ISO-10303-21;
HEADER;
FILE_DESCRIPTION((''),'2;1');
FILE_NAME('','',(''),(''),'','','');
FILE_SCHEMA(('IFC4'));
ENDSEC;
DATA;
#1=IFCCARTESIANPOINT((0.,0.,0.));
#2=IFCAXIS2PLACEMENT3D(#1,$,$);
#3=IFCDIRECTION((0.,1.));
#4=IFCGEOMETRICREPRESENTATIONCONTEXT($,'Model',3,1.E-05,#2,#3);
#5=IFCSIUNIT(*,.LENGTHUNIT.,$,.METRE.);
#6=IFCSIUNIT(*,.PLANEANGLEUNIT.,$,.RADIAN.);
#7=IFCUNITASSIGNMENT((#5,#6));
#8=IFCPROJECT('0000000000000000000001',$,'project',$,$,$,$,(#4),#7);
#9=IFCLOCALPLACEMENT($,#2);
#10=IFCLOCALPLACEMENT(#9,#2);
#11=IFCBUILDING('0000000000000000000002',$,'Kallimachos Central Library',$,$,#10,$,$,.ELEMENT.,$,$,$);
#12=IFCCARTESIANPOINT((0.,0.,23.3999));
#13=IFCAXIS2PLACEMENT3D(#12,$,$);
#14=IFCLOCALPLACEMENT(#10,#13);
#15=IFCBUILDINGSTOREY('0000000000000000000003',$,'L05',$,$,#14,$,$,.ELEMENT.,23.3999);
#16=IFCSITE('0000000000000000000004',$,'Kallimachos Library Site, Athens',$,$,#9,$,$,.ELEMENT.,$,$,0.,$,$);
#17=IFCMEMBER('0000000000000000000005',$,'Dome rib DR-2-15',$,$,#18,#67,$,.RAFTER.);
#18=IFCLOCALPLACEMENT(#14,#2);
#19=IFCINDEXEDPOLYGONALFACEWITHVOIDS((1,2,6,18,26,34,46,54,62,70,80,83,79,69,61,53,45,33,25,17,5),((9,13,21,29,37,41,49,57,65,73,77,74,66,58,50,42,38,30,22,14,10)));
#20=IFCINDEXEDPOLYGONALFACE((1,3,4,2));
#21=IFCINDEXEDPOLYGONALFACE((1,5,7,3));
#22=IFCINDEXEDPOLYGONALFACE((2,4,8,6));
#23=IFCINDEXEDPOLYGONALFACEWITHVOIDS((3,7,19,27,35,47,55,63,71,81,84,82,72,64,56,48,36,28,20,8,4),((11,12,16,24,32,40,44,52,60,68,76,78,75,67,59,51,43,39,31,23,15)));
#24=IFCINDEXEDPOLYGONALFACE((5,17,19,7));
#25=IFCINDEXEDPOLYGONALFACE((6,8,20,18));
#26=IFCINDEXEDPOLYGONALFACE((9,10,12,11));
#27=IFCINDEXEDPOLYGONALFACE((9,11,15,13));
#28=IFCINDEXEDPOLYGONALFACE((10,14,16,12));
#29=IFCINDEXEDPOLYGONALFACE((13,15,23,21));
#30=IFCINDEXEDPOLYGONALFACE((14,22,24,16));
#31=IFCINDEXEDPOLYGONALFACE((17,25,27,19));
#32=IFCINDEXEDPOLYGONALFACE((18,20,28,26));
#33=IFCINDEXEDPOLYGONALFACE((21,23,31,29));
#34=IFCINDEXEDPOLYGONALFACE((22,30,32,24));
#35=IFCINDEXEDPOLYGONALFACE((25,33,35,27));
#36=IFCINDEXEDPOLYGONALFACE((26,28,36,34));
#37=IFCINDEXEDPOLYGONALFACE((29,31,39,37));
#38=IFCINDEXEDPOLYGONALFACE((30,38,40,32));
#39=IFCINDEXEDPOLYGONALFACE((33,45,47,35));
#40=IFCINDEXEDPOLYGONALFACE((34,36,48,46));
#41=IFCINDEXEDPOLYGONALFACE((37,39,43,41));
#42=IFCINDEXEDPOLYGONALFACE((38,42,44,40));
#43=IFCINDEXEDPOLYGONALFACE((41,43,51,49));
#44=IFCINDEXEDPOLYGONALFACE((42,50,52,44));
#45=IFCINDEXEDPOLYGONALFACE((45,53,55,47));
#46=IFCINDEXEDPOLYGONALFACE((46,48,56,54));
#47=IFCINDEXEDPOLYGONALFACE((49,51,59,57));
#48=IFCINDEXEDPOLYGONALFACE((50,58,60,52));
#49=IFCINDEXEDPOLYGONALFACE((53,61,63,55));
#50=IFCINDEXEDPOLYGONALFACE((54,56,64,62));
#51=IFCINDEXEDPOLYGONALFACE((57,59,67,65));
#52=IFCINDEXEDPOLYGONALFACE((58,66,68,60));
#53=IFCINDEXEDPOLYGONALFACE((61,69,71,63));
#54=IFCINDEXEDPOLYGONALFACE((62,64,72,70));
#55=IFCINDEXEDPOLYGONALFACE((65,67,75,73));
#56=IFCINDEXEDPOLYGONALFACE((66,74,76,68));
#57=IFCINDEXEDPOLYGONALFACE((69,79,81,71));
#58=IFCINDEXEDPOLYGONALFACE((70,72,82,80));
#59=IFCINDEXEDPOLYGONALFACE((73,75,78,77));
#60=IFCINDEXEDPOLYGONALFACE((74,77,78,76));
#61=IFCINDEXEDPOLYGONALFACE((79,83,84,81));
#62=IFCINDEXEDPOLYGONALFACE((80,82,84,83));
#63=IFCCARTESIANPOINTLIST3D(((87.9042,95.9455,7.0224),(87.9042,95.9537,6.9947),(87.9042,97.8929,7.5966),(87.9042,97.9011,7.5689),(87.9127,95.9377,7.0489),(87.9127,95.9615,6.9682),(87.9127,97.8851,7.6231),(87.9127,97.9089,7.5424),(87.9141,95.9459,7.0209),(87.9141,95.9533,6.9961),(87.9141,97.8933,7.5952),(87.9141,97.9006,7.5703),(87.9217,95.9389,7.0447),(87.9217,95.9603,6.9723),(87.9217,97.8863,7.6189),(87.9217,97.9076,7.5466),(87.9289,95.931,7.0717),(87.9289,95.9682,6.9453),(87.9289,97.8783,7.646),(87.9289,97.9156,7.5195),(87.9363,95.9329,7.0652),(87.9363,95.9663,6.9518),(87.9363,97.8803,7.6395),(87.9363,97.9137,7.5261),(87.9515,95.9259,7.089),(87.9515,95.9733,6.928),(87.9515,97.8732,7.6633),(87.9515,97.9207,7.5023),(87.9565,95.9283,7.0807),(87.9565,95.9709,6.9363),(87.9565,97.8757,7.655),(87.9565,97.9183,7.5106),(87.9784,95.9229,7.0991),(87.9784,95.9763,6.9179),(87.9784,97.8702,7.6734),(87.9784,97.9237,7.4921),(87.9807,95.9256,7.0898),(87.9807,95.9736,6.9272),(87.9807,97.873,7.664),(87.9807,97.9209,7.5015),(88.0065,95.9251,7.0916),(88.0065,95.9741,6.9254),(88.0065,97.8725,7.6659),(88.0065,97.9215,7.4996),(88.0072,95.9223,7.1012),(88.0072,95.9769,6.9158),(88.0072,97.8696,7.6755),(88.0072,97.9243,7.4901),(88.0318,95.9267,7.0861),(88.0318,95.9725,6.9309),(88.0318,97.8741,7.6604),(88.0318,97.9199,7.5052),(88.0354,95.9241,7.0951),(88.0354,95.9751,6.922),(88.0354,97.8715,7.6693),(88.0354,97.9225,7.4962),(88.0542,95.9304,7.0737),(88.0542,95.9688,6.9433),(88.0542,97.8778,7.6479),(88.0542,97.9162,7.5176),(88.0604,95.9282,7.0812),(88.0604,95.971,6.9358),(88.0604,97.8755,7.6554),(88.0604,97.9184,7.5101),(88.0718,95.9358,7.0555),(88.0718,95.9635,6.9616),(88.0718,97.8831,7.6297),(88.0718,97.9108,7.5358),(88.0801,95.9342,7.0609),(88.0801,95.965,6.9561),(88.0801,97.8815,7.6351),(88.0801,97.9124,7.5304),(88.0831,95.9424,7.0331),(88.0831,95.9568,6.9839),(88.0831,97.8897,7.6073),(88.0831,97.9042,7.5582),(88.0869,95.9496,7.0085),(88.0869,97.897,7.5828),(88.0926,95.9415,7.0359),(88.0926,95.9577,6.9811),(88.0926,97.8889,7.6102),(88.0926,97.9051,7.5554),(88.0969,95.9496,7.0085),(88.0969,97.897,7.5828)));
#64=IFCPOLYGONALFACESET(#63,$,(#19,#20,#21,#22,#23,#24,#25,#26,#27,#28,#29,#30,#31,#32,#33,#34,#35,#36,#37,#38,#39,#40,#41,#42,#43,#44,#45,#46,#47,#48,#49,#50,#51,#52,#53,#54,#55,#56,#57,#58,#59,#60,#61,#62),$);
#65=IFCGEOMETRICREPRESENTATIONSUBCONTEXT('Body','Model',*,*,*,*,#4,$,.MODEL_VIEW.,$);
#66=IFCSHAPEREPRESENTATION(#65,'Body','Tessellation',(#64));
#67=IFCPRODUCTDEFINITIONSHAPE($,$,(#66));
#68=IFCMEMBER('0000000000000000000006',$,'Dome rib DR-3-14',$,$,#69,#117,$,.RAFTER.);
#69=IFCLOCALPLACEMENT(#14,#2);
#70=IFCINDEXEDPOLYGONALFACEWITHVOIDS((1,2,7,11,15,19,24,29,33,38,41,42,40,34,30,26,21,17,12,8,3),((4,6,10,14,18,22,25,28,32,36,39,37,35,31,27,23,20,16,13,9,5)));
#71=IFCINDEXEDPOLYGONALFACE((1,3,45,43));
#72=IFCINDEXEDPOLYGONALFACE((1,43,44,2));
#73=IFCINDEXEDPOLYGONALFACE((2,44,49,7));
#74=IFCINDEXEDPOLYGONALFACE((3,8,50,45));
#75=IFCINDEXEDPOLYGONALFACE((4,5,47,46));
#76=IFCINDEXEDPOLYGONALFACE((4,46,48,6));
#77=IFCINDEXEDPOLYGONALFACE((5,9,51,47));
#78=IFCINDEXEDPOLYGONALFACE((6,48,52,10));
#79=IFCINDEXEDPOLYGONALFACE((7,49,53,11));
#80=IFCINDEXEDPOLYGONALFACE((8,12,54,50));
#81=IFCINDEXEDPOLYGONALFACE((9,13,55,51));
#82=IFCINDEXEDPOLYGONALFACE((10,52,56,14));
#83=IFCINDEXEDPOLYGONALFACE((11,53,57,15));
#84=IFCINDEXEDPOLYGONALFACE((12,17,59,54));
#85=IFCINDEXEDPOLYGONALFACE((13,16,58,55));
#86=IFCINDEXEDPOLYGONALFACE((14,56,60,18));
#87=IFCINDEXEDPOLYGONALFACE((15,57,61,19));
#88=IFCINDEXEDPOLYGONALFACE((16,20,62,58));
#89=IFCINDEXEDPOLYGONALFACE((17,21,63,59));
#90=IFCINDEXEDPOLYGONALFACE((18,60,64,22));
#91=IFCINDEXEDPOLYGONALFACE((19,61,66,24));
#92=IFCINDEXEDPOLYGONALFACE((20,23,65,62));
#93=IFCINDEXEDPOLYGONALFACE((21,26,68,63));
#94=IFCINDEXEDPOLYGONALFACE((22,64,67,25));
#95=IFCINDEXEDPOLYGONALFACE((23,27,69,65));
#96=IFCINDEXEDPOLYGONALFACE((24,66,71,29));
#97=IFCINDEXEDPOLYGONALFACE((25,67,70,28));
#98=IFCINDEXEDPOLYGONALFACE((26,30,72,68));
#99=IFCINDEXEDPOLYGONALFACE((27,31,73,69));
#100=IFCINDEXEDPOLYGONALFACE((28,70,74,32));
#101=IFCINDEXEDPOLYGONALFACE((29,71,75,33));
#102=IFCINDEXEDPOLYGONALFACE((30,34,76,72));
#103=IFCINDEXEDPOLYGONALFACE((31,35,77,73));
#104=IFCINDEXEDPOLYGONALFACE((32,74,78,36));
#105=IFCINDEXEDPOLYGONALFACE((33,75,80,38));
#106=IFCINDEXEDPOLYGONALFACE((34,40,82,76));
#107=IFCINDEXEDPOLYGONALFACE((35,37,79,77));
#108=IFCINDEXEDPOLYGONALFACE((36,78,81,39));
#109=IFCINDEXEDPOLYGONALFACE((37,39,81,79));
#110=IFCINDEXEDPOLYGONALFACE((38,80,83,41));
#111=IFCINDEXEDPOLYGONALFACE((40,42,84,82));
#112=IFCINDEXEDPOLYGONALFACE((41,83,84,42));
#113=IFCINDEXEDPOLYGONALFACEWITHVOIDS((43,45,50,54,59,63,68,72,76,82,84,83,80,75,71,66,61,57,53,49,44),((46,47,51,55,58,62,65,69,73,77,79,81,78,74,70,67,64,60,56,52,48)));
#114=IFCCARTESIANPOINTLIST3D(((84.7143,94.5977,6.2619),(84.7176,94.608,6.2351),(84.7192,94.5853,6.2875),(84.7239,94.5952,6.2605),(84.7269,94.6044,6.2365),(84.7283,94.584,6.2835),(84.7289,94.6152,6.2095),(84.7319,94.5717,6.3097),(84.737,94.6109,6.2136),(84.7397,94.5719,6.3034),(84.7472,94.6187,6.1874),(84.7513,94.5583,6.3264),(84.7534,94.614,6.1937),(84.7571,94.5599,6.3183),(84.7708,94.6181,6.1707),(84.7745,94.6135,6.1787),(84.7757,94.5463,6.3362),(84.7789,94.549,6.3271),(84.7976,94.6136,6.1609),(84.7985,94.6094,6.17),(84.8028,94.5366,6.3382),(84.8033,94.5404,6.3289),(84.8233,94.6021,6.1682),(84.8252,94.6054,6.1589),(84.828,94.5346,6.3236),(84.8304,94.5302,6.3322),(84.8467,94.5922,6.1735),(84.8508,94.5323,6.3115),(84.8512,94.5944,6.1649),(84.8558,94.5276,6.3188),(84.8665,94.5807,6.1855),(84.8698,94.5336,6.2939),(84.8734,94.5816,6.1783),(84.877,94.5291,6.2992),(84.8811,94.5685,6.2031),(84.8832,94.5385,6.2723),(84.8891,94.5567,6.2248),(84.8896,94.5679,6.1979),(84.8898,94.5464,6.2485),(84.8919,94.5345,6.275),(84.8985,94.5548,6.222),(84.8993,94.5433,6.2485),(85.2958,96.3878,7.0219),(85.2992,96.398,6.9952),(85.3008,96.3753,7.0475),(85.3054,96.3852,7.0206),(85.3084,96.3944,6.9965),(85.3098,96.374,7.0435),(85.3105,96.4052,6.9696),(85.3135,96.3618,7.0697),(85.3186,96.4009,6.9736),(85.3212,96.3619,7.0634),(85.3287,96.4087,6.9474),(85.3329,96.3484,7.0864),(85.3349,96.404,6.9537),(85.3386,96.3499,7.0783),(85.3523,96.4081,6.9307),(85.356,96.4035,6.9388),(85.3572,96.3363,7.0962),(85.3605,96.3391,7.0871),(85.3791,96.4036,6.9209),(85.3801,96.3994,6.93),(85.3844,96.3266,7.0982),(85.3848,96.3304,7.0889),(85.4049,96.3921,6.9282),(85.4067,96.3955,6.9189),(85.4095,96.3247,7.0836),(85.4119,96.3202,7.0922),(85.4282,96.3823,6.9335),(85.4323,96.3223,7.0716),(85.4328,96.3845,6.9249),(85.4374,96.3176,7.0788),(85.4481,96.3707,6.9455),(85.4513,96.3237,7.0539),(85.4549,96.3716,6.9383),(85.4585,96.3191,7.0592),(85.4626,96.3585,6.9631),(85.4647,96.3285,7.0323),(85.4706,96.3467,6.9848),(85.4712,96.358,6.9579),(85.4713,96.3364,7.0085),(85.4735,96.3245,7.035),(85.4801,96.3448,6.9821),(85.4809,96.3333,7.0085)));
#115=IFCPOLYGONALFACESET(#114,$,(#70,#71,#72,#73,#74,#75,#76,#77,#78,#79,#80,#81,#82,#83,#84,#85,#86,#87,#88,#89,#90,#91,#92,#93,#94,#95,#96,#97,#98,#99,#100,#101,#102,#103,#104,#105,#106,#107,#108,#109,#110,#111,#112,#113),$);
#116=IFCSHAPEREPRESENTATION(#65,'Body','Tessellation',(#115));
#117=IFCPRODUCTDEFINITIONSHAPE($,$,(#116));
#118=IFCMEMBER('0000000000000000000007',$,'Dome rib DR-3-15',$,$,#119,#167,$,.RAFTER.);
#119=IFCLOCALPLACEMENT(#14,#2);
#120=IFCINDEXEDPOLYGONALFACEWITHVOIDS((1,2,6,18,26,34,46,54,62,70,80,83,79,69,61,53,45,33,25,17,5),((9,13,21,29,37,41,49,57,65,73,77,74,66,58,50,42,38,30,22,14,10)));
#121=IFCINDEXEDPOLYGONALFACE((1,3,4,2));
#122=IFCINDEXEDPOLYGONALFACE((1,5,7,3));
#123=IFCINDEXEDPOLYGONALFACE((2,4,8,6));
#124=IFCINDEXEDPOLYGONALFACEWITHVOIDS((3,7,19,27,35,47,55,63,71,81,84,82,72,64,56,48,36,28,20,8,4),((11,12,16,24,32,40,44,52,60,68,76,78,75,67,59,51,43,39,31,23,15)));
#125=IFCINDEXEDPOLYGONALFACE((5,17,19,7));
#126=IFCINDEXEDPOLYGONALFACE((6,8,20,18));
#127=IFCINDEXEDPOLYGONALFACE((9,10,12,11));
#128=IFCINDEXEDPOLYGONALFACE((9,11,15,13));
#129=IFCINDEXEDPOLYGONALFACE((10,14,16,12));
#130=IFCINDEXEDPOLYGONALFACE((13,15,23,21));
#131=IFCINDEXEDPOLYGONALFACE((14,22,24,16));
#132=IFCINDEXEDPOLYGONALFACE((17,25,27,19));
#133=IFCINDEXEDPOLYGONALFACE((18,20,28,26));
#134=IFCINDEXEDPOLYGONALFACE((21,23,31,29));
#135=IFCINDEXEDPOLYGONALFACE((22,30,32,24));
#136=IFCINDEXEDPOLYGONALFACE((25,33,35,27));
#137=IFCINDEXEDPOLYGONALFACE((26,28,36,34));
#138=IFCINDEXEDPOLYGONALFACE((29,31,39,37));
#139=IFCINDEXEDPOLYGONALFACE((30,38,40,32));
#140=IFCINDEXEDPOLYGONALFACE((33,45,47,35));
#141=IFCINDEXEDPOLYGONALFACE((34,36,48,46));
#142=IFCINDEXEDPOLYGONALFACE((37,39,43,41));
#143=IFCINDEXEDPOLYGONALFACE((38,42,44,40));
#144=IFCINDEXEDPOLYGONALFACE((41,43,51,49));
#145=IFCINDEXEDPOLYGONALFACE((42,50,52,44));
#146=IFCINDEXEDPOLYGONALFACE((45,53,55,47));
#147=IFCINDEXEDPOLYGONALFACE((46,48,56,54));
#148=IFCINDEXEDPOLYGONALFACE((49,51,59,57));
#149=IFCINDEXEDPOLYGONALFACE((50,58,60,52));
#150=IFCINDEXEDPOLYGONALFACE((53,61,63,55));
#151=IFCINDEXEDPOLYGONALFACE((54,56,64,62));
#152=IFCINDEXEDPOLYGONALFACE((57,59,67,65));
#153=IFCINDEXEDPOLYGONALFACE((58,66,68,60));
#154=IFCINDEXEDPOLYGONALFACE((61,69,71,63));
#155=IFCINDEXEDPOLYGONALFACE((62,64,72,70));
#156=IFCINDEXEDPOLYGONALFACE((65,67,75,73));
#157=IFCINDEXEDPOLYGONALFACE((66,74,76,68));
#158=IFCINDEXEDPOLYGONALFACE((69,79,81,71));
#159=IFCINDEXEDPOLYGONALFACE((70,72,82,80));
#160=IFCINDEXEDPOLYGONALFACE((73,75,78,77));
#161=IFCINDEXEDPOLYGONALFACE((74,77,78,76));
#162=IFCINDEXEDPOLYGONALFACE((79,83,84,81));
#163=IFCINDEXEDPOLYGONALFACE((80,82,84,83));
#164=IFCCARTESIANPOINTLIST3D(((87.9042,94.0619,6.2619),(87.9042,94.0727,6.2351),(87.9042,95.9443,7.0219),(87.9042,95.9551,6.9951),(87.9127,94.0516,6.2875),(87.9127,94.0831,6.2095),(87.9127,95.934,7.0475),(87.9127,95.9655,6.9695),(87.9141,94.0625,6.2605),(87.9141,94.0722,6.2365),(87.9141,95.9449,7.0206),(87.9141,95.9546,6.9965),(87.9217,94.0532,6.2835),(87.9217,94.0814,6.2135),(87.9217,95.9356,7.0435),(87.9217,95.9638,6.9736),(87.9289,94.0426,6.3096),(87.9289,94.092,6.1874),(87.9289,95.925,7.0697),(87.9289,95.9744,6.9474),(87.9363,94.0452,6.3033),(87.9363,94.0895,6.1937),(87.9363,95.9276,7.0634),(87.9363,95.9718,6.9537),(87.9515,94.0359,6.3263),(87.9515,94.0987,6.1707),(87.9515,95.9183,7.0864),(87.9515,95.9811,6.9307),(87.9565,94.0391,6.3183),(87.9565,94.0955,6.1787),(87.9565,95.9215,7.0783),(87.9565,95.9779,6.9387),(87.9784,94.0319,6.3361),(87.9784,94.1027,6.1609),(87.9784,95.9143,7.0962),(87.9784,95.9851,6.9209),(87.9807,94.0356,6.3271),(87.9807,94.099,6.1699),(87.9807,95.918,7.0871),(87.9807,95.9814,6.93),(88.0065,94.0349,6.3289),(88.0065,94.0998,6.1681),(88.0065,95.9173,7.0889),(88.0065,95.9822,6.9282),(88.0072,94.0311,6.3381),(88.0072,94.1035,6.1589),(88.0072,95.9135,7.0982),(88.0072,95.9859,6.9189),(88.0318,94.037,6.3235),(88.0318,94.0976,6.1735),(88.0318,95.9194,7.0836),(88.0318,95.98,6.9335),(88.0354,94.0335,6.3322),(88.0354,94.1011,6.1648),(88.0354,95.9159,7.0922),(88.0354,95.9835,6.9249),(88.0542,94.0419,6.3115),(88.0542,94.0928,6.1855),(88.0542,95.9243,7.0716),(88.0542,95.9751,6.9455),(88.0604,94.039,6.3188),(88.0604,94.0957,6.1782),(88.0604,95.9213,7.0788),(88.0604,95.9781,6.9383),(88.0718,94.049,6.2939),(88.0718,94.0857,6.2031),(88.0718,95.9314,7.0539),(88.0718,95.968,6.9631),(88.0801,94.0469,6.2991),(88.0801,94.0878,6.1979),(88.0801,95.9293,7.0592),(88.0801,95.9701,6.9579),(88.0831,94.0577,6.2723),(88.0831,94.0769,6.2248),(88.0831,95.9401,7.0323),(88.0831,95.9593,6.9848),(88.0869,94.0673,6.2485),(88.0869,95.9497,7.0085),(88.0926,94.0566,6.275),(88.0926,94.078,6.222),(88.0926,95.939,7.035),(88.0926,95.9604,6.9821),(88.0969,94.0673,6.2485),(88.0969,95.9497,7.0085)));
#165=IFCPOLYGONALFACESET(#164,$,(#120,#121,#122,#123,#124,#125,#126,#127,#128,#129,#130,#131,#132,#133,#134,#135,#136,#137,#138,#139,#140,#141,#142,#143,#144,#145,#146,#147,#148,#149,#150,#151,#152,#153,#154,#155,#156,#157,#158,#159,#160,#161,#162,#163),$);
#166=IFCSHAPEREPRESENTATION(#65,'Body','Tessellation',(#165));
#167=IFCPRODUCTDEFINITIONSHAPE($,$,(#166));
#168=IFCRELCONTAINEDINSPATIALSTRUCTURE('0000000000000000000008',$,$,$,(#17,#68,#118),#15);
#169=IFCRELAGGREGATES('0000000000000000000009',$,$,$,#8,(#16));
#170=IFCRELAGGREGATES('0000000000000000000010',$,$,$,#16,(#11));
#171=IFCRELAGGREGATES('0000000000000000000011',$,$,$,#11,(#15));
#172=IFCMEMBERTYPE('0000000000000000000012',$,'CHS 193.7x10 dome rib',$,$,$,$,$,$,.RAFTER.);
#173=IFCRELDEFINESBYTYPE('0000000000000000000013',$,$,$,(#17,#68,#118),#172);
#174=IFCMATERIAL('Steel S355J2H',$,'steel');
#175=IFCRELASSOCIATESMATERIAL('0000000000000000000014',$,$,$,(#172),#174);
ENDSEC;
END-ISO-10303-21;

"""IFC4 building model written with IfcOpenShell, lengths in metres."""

from ifc_helpers import new_model, si_unit, direction, frame, origin, origin_2d, place, context, subcontext, project, spatial, hollow_circle, extrude, material, material_profile, profile_set, type_object, element, save


model = new_model("IFC4")

# Units and contexts
model_context = context("Model", 3, precision=1e-05, world=origin(), true_north=direction((0.0, 1.0)))
body_context = subcontext(model_context, "Body", "Model", "MODEL_VIEW")
ifc_project = project(units=[si_unit("LENGTHUNIT", "METRE"), si_unit("PLANEANGLEUNIT", "RADIAN")], contexts=[model_context])

# Site, building, storey
site_placement = place(None, origin())
site = spatial("IfcSite", under=ifc_project, at=site_placement, Name="Kallimachos Library Site, Athens", CompositionType="ELEMENT", RefElevation=0.0)
building_placement = place(site_placement, origin())
building = spatial("IfcBuilding", under=site, at=building_placement, Name="Kallimachos Central Library", CompositionType="ELEMENT")
storey_placement = place(building_placement, frame((0.0, 0.0, 23.3999)))
storey = spatial("IfcBuildingStorey", under=building, at=storey_placement, Name="L05", CompositionType="ELEMENT", Elevation=23.3999)

# Members
ifc_material_1 = material(Name="Steel S355J2H", Category="steel")
ifc_material_profile_1 = material_profile(ifc_material_1, hollow_circle(Radius=0.0969, WallThickness=0.01, at=origin_2d()), Name="CHS 193.7x10")
ifc_profile_set_1 = profile_set([ifc_material_profile_1], Name="Steel S355J2H")
member_type_1 = type_object("IfcMemberType", Name="CHS 193.7x10 dome rib", PredefinedType="RAFTER", material=ifc_profile_set_1)
for number, where, z_axis, x_axis, name in (
    (1, (88.0, 97.897, 7.5828), (0.0, -0.959166, -0.282843), (1.0, 0.0, 0.0), "Dome rib DR-2-15"),
):
    element("IfcMember", number, at=place(storey_placement, frame(where, z_axis=z_axis, x_axis=x_axis)), inside=storey, type_object=member_type_1, Name=name, PredefinedType="RAFTER", context=body_context, shape_type="SweptSolid", body=[
        extrude(hollow_circle(Radius=0.0969, WallThickness=0.01, at=origin_2d()), origin(), (0.0, 0.0, 1.0), 2.0303),
    ])
member_1_placement = place(storey_placement, frame((85.3887, 96.3633, 7.0085), z_axis=(-0.286504, -0.881884, -0.374428), x_axis=(0.951068, -0.30898, 0.0)))
element("IfcMember", 2, at=member_1_placement, inside=storey, type_object=member_type_1, Name="Dome rib DR-3-14", PredefinedType="RAFTER", context=body_context, shape_type="SweptSolid", body=[
    extrude(hollow_circle(Radius=0.0969, WallThickness=0.01, at=origin_2d()), origin(), (0.0, 0.0, 1.0), 2.0298),
])
member_2_placement = place(storey_placement, frame((88.0, 95.9497, 7.0085), z_axis=(0.0, -0.927269, -0.374395), x_axis=(1.0, 0.0, 0.0)))
element("IfcMember", 3, at=member_2_placement, inside=storey, type_object=member_type_1, Name="Dome rib DR-3-15", PredefinedType="RAFTER", context=body_context, shape_type="SweptSolid", body=[
    extrude(hollow_circle(Radius=0.0969, WallThickness=0.01, at=origin_2d()), origin(), (0.0, 0.0, 1.0), 2.03),
])

save(model, "model.ifc")
